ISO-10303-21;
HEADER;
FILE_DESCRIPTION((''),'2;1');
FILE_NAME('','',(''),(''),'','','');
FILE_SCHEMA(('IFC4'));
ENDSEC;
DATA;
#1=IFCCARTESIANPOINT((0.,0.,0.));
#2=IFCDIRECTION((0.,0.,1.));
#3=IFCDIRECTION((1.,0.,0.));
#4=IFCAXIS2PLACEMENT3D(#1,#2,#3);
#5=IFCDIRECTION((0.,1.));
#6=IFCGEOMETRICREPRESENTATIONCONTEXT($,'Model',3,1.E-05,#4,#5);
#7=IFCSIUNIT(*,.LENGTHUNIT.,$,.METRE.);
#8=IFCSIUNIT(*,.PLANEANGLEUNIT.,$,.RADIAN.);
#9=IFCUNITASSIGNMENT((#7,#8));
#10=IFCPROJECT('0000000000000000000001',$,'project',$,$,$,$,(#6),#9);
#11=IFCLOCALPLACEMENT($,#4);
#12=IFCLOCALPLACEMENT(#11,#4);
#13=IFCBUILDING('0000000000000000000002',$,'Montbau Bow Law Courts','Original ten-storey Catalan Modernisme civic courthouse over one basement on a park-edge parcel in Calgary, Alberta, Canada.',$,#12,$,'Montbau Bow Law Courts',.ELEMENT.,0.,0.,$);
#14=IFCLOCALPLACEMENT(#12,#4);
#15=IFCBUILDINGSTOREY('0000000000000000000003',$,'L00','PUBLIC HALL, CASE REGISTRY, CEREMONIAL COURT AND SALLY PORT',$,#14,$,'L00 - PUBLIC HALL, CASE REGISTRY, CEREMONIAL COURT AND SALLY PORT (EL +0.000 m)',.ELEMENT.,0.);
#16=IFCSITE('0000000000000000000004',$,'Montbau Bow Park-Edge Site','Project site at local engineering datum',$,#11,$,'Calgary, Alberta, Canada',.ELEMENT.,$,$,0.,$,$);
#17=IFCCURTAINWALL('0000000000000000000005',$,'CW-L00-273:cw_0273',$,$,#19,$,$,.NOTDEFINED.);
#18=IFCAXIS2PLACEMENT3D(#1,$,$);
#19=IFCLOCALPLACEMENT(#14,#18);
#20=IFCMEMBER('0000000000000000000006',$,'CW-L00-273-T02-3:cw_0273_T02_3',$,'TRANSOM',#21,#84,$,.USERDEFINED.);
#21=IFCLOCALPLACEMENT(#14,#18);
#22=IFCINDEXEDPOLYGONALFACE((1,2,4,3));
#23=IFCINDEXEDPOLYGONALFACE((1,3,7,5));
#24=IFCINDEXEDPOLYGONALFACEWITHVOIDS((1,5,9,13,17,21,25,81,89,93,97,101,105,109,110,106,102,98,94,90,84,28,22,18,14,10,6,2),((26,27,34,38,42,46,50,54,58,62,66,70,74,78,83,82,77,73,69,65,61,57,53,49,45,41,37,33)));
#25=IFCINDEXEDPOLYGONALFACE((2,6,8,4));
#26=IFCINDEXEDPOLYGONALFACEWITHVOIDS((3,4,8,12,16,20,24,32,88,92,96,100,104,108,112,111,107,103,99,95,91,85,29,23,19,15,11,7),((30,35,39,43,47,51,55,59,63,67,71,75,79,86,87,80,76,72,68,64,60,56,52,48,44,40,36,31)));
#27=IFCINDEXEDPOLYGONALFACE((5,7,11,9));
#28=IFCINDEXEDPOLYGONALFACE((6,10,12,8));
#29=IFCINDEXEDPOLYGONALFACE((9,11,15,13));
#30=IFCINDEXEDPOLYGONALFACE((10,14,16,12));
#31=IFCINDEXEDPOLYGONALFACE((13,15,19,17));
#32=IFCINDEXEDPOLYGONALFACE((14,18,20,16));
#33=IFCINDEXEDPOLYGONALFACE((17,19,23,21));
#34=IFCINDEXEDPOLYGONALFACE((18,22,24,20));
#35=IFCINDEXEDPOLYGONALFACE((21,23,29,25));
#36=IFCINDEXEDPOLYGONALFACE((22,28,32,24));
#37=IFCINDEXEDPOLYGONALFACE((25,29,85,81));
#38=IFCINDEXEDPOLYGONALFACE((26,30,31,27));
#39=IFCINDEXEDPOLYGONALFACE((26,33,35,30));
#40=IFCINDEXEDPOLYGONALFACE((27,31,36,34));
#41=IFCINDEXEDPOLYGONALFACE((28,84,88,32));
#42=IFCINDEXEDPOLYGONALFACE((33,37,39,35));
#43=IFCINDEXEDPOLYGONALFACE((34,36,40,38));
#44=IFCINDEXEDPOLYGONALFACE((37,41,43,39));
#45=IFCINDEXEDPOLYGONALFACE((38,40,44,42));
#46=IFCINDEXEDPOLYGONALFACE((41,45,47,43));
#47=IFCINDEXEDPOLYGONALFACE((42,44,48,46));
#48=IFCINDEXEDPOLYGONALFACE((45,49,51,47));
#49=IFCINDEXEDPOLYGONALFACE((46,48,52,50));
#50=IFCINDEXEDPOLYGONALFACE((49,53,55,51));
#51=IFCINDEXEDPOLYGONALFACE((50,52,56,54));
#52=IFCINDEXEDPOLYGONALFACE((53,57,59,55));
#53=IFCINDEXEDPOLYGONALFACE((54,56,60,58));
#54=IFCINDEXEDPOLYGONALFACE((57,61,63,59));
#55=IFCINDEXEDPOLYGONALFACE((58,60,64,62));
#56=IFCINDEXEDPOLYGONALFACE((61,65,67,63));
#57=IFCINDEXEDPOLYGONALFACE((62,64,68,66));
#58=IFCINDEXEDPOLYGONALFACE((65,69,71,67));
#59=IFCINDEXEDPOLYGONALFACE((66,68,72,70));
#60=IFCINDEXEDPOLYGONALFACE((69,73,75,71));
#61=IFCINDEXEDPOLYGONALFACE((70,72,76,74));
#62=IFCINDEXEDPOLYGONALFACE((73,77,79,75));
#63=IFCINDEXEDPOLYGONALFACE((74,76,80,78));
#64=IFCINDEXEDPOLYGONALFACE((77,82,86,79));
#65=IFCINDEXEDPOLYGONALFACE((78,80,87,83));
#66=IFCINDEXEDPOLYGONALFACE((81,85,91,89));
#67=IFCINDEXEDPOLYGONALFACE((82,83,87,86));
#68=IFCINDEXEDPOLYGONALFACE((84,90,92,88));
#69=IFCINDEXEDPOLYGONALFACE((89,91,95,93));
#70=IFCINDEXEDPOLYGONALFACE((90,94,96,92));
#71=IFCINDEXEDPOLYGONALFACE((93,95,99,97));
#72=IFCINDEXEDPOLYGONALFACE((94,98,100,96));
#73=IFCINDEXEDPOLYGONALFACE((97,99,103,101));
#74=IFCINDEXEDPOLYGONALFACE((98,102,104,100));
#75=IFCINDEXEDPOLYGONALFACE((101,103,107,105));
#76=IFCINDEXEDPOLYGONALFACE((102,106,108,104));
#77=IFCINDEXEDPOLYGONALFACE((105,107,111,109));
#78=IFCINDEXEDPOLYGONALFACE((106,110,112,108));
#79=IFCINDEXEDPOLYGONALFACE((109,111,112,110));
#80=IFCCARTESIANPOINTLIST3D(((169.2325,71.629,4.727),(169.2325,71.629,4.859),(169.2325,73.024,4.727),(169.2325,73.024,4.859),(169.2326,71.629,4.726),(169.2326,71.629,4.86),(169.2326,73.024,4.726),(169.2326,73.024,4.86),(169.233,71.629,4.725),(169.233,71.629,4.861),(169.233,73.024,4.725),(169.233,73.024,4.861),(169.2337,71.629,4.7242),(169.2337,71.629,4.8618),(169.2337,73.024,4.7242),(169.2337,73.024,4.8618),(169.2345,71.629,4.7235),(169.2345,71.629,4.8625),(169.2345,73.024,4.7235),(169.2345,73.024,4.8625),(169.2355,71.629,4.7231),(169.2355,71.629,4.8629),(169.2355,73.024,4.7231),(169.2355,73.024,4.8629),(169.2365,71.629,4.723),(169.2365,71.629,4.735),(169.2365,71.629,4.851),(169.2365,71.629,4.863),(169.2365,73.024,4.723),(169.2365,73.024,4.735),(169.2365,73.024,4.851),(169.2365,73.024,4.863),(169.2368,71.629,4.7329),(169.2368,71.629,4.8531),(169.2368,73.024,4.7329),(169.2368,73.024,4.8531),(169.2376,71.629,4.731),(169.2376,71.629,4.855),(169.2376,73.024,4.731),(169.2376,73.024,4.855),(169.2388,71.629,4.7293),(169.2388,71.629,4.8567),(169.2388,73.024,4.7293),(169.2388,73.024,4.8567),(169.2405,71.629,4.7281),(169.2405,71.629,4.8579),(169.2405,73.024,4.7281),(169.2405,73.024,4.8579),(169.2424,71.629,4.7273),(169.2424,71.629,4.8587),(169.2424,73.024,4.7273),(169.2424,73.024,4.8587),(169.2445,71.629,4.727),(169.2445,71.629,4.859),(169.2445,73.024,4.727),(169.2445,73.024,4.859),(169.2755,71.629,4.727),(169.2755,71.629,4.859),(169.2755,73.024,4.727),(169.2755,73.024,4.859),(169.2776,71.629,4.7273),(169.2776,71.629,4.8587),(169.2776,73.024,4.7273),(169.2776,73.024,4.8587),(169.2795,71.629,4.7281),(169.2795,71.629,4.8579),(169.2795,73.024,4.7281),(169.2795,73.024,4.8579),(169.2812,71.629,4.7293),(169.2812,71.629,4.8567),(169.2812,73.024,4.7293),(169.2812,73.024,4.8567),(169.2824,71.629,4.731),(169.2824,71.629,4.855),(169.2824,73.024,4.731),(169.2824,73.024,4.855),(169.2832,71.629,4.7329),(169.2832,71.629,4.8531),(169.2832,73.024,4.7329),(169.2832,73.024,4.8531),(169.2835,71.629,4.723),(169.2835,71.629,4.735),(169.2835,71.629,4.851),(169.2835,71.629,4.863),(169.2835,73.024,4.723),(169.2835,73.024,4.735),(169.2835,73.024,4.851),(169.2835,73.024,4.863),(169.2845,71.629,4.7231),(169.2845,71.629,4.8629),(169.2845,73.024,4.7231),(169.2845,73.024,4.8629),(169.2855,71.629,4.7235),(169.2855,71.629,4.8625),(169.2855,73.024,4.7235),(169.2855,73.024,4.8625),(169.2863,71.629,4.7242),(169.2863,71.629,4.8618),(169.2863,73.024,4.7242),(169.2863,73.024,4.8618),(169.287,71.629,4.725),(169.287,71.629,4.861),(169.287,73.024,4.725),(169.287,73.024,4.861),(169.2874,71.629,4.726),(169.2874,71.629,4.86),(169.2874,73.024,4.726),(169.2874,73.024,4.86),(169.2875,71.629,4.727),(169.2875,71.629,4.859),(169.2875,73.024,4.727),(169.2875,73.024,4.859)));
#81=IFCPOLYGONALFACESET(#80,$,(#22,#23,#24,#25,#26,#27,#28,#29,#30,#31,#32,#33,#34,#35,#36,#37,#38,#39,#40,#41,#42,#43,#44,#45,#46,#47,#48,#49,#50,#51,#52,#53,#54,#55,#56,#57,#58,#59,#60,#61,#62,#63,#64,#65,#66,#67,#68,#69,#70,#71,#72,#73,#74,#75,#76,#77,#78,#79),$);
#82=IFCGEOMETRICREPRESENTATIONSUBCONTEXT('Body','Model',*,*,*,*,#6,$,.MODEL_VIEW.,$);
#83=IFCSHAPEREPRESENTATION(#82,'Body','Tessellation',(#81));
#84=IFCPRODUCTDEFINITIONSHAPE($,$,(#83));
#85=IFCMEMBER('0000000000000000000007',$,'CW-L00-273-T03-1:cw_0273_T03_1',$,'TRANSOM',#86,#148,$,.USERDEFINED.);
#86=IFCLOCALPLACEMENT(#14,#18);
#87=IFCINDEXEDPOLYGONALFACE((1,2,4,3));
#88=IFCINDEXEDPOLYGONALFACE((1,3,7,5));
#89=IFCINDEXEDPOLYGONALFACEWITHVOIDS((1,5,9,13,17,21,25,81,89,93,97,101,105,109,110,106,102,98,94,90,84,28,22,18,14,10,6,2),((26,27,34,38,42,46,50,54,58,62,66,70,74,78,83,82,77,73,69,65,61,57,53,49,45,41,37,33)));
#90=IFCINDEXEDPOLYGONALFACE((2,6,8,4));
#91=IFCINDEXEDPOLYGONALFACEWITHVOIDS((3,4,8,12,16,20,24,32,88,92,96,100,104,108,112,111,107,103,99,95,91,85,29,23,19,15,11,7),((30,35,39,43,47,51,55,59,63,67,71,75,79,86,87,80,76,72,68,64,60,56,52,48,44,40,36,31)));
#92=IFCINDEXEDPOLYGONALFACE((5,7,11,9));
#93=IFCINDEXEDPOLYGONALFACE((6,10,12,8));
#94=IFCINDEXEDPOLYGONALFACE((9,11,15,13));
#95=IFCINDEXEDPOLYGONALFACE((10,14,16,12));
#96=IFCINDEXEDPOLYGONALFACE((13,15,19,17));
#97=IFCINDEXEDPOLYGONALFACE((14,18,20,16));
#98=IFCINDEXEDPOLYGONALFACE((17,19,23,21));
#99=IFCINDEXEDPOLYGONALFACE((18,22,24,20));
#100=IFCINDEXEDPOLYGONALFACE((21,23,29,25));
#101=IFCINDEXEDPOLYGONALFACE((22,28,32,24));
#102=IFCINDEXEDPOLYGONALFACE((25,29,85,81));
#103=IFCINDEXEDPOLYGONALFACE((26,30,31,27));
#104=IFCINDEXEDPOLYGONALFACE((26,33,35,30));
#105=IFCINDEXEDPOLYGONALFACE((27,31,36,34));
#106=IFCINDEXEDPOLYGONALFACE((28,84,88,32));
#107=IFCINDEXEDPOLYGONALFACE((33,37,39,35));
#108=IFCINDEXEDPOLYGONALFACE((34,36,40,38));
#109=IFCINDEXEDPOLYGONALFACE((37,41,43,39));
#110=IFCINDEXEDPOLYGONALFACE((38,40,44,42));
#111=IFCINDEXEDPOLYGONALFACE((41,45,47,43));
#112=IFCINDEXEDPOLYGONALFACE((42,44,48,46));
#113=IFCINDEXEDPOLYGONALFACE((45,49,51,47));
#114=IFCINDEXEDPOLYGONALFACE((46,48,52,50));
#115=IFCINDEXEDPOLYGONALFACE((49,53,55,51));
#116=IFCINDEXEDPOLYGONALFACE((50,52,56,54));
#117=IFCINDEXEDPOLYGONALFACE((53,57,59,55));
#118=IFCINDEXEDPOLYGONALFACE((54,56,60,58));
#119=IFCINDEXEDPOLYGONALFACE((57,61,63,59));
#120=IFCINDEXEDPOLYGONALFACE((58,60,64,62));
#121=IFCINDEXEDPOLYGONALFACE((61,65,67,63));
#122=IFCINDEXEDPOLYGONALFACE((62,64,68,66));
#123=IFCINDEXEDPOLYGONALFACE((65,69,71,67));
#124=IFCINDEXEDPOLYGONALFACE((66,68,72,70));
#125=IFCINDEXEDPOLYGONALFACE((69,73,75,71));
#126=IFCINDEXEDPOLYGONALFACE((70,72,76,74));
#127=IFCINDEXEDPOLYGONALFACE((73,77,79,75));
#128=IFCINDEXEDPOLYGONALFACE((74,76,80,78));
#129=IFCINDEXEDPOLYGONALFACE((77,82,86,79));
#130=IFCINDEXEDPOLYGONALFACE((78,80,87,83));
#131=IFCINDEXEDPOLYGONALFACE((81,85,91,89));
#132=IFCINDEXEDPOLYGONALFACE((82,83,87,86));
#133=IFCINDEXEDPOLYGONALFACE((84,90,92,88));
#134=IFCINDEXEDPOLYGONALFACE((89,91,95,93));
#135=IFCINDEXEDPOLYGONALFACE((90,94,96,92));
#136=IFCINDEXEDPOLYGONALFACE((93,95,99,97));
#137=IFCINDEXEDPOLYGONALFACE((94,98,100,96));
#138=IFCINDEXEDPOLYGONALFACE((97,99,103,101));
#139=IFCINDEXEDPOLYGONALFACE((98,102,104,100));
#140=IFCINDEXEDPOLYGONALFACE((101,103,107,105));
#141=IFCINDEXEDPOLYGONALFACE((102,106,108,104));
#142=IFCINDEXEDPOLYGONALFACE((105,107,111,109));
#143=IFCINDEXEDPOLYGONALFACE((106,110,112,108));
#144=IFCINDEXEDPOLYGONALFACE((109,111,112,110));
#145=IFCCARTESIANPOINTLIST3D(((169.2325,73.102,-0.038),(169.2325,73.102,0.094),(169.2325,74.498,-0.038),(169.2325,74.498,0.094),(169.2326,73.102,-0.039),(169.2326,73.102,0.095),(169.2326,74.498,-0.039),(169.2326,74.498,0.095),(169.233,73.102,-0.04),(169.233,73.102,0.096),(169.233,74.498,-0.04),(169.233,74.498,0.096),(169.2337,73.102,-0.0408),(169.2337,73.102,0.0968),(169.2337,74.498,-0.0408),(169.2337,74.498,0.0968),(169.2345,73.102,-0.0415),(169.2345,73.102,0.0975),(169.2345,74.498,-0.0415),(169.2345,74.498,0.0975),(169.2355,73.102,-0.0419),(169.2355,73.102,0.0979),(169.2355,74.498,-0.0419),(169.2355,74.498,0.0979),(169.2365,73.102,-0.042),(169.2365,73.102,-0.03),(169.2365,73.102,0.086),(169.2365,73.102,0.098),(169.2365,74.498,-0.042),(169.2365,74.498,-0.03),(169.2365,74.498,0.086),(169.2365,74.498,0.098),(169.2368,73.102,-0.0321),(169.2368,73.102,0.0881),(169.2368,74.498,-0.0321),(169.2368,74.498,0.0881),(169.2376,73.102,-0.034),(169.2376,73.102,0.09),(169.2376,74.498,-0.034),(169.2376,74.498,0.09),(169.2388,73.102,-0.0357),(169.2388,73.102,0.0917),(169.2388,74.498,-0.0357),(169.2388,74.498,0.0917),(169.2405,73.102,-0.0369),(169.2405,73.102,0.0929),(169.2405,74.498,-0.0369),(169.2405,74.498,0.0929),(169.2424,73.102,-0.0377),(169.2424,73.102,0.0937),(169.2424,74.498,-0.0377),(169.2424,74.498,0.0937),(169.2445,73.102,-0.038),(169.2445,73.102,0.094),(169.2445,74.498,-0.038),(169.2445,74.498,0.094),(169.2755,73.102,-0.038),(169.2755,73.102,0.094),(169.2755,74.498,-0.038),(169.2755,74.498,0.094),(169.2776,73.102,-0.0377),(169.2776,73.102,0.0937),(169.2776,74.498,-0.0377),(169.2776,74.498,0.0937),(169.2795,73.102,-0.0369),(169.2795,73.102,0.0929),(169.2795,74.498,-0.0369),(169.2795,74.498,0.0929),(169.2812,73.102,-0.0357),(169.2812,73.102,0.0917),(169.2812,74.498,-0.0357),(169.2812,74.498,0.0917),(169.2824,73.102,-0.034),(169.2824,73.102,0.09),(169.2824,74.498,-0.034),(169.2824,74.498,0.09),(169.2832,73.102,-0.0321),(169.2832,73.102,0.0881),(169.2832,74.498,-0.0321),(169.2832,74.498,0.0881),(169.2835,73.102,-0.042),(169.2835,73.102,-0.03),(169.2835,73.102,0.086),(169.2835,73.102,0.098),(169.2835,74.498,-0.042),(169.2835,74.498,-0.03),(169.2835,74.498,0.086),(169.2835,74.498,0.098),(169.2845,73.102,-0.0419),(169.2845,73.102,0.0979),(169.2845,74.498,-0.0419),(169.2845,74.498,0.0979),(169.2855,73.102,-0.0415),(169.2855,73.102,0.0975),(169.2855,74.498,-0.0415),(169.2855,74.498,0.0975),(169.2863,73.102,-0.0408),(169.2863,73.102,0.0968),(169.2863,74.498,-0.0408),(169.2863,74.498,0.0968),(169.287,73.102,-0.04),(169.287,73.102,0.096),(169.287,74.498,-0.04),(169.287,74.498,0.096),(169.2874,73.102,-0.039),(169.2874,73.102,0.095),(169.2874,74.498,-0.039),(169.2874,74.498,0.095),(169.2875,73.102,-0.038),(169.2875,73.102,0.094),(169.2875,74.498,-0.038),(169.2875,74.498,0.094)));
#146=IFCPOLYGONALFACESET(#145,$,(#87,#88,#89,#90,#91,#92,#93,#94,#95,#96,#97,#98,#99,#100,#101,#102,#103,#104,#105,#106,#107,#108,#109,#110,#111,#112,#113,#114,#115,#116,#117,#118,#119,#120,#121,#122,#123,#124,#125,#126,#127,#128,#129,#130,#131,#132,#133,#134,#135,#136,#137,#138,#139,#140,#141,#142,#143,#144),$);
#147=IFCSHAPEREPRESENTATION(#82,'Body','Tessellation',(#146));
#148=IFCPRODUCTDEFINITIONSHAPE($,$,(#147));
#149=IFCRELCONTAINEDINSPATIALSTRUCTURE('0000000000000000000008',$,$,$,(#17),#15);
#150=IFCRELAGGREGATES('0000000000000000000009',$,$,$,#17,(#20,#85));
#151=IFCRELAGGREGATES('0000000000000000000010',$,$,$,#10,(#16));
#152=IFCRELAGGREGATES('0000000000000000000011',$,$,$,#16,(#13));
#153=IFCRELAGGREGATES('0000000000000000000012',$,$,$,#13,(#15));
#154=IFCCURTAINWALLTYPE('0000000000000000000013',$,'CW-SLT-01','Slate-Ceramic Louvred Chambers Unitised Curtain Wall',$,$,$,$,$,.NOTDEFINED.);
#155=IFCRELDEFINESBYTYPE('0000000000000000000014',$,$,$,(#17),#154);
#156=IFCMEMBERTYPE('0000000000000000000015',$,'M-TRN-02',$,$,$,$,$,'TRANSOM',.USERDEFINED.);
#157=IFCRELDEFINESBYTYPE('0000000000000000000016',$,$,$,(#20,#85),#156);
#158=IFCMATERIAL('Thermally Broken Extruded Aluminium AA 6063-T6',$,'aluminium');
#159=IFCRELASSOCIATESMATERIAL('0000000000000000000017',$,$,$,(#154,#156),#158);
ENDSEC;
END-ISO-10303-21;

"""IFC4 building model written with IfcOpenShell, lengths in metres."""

from ifc_helpers import new_model, si_unit, direction, frame, origin_with_axes, origin_2d_with_axis, place, context, subcontext, project, spatial, hollow_rectangle, extrude, material, material_profile, profile_set, type_object, element, aggregate, save


model = new_model("IFC4")

# Units and contexts
model_context = context("Model", 3, precision=1e-05, world=origin_with_axes(), true_north=direction((0.0, 1.0)))
body_context = subcontext(model_context, "Body", "Model", "MODEL_VIEW")
ifc_project = project(units=[si_unit("LENGTHUNIT", "METRE"), si_unit("PLANEANGLEUNIT", "RADIAN")], contexts=[model_context])

# Site, building, storey
site_placement = place(None, origin_with_axes())
site = spatial("IfcSite", under=ifc_project, at=site_placement, Name="Montbau Bow Park-Edge Site", Description="Project site at local engineering datum", LongName="Calgary, Alberta, Canada", CompositionType="ELEMENT", RefElevation=0.0)
building_placement = place(site_placement, origin_with_axes())
building = spatial("IfcBuilding", under=site, at=building_placement, Name="Montbau Bow Law Courts", Description="Original ten-storey Catalan Modernisme civic courthouse over one basement on a park-edge parcel in Calgary, Alberta, Canada.", LongName="Montbau Bow Law Courts", CompositionType="ELEMENT", ElevationOfRefHeight=0.0, ElevationOfTerrain=0.0)
storey_placement = place(building_placement, origin_with_axes())
storey = spatial("IfcBuildingStorey", under=building, at=storey_placement, Name="L00", Description="PUBLIC HALL, CASE REGISTRY, CEREMONIAL COURT AND SALLY PORT", LongName="L00 - PUBLIC HALL, CASE REGISTRY, CEREMONIAL COURT AND SALLY PORT (EL +0.000 m)", CompositionType="ELEMENT", Elevation=0.0)

# Curtain wall, members
ifc_material_1 = material(Name="Thermally Broken Extruded Aluminium AA 6063-T6", Category="aluminium")
curtain_wall_type = type_object("IfcCurtainWallType", Name="CW-SLT-01", Description="Slate-Ceramic Louvred Chambers Unitised Curtain Wall", PredefinedType="NOTDEFINED", material=ifc_material_1)
curtain_wall_placement = place(None, frame((169.26, 70.115, 0.0), z_axis=(0.0, 0.0, 1.0), x_axis=(1.0, 0.0, 0.0)))
curtain_wall = element("IfcCurtainWall", 1, at=curtain_wall_placement, inside=storey, type_object=curtain_wall_type, Name="CW-L00-273:cw_0273", PredefinedType="NOTDEFINED")
ifc_material_profile_1 = material_profile(ifc_material_1, hollow_rectangle(XDim=0.055, YDim=0.14, WallThickness=0.004, InnerFilletRadius=0.008, OuterFilletRadius=0.004, at=origin_2d_with_axis()), Name="CWT-140X55", Category="Main", Priority=0)
ifc_profile_set_1 = profile_set([ifc_material_profile_1], Name="Thermally Broken Extruded Aluminium AA 6063-T6")
member_type_1 = type_object("IfcMemberType", Name="M-TRN-02", ElementType="TRANSOM", PredefinedType="USERDEFINED", material=ifc_profile_set_1)
member_1_placement = place(None, frame((169.26, 71.629, 4.793), z_axis=(0.0, 1.0, 0.0), x_axis=(-1.0, 0.0, 0.0)))
member_1 = element("IfcMember", 2, at=member_1_placement, type_object=member_type_1, Name="CW-L00-273-T02-3:cw_0273_T02_3", ObjectType="TRANSOM", PredefinedType="USERDEFINED", context=body_context, shape_type="SweptSolid", body=[
    extrude(hollow_rectangle(XDim=0.055, YDim=0.14, WallThickness=0.004, InnerFilletRadius=0.008, OuterFilletRadius=0.004, at=origin_2d_with_axis()), origin_with_axes(), (0.0, 0.0, 1.0), 1.395),
])
member_2_placement = place(None, frame((169.26, 73.102, 0.028), z_axis=(0.0, 1.0, 0.0), x_axis=(-1.0, 0.0, 0.0)))
member_2 = element("IfcMember", 3, at=member_2_placement, type_object=member_type_1, Name="CW-L00-273-T03-1:cw_0273_T03_1", ObjectType="TRANSOM", PredefinedType="USERDEFINED", context=body_context, shape_type="SweptSolid", body=[
    extrude(hollow_rectangle(XDim=0.055, YDim=0.14, WallThickness=0.004, InnerFilletRadius=0.008, OuterFilletRadius=0.004, at=origin_2d_with_axis()), origin_with_axes(), (0.0, 0.0, 1.0), 1.396),
])
aggregate(curtain_wall, [member_1, member_2])

save(model, "model.ifc")
